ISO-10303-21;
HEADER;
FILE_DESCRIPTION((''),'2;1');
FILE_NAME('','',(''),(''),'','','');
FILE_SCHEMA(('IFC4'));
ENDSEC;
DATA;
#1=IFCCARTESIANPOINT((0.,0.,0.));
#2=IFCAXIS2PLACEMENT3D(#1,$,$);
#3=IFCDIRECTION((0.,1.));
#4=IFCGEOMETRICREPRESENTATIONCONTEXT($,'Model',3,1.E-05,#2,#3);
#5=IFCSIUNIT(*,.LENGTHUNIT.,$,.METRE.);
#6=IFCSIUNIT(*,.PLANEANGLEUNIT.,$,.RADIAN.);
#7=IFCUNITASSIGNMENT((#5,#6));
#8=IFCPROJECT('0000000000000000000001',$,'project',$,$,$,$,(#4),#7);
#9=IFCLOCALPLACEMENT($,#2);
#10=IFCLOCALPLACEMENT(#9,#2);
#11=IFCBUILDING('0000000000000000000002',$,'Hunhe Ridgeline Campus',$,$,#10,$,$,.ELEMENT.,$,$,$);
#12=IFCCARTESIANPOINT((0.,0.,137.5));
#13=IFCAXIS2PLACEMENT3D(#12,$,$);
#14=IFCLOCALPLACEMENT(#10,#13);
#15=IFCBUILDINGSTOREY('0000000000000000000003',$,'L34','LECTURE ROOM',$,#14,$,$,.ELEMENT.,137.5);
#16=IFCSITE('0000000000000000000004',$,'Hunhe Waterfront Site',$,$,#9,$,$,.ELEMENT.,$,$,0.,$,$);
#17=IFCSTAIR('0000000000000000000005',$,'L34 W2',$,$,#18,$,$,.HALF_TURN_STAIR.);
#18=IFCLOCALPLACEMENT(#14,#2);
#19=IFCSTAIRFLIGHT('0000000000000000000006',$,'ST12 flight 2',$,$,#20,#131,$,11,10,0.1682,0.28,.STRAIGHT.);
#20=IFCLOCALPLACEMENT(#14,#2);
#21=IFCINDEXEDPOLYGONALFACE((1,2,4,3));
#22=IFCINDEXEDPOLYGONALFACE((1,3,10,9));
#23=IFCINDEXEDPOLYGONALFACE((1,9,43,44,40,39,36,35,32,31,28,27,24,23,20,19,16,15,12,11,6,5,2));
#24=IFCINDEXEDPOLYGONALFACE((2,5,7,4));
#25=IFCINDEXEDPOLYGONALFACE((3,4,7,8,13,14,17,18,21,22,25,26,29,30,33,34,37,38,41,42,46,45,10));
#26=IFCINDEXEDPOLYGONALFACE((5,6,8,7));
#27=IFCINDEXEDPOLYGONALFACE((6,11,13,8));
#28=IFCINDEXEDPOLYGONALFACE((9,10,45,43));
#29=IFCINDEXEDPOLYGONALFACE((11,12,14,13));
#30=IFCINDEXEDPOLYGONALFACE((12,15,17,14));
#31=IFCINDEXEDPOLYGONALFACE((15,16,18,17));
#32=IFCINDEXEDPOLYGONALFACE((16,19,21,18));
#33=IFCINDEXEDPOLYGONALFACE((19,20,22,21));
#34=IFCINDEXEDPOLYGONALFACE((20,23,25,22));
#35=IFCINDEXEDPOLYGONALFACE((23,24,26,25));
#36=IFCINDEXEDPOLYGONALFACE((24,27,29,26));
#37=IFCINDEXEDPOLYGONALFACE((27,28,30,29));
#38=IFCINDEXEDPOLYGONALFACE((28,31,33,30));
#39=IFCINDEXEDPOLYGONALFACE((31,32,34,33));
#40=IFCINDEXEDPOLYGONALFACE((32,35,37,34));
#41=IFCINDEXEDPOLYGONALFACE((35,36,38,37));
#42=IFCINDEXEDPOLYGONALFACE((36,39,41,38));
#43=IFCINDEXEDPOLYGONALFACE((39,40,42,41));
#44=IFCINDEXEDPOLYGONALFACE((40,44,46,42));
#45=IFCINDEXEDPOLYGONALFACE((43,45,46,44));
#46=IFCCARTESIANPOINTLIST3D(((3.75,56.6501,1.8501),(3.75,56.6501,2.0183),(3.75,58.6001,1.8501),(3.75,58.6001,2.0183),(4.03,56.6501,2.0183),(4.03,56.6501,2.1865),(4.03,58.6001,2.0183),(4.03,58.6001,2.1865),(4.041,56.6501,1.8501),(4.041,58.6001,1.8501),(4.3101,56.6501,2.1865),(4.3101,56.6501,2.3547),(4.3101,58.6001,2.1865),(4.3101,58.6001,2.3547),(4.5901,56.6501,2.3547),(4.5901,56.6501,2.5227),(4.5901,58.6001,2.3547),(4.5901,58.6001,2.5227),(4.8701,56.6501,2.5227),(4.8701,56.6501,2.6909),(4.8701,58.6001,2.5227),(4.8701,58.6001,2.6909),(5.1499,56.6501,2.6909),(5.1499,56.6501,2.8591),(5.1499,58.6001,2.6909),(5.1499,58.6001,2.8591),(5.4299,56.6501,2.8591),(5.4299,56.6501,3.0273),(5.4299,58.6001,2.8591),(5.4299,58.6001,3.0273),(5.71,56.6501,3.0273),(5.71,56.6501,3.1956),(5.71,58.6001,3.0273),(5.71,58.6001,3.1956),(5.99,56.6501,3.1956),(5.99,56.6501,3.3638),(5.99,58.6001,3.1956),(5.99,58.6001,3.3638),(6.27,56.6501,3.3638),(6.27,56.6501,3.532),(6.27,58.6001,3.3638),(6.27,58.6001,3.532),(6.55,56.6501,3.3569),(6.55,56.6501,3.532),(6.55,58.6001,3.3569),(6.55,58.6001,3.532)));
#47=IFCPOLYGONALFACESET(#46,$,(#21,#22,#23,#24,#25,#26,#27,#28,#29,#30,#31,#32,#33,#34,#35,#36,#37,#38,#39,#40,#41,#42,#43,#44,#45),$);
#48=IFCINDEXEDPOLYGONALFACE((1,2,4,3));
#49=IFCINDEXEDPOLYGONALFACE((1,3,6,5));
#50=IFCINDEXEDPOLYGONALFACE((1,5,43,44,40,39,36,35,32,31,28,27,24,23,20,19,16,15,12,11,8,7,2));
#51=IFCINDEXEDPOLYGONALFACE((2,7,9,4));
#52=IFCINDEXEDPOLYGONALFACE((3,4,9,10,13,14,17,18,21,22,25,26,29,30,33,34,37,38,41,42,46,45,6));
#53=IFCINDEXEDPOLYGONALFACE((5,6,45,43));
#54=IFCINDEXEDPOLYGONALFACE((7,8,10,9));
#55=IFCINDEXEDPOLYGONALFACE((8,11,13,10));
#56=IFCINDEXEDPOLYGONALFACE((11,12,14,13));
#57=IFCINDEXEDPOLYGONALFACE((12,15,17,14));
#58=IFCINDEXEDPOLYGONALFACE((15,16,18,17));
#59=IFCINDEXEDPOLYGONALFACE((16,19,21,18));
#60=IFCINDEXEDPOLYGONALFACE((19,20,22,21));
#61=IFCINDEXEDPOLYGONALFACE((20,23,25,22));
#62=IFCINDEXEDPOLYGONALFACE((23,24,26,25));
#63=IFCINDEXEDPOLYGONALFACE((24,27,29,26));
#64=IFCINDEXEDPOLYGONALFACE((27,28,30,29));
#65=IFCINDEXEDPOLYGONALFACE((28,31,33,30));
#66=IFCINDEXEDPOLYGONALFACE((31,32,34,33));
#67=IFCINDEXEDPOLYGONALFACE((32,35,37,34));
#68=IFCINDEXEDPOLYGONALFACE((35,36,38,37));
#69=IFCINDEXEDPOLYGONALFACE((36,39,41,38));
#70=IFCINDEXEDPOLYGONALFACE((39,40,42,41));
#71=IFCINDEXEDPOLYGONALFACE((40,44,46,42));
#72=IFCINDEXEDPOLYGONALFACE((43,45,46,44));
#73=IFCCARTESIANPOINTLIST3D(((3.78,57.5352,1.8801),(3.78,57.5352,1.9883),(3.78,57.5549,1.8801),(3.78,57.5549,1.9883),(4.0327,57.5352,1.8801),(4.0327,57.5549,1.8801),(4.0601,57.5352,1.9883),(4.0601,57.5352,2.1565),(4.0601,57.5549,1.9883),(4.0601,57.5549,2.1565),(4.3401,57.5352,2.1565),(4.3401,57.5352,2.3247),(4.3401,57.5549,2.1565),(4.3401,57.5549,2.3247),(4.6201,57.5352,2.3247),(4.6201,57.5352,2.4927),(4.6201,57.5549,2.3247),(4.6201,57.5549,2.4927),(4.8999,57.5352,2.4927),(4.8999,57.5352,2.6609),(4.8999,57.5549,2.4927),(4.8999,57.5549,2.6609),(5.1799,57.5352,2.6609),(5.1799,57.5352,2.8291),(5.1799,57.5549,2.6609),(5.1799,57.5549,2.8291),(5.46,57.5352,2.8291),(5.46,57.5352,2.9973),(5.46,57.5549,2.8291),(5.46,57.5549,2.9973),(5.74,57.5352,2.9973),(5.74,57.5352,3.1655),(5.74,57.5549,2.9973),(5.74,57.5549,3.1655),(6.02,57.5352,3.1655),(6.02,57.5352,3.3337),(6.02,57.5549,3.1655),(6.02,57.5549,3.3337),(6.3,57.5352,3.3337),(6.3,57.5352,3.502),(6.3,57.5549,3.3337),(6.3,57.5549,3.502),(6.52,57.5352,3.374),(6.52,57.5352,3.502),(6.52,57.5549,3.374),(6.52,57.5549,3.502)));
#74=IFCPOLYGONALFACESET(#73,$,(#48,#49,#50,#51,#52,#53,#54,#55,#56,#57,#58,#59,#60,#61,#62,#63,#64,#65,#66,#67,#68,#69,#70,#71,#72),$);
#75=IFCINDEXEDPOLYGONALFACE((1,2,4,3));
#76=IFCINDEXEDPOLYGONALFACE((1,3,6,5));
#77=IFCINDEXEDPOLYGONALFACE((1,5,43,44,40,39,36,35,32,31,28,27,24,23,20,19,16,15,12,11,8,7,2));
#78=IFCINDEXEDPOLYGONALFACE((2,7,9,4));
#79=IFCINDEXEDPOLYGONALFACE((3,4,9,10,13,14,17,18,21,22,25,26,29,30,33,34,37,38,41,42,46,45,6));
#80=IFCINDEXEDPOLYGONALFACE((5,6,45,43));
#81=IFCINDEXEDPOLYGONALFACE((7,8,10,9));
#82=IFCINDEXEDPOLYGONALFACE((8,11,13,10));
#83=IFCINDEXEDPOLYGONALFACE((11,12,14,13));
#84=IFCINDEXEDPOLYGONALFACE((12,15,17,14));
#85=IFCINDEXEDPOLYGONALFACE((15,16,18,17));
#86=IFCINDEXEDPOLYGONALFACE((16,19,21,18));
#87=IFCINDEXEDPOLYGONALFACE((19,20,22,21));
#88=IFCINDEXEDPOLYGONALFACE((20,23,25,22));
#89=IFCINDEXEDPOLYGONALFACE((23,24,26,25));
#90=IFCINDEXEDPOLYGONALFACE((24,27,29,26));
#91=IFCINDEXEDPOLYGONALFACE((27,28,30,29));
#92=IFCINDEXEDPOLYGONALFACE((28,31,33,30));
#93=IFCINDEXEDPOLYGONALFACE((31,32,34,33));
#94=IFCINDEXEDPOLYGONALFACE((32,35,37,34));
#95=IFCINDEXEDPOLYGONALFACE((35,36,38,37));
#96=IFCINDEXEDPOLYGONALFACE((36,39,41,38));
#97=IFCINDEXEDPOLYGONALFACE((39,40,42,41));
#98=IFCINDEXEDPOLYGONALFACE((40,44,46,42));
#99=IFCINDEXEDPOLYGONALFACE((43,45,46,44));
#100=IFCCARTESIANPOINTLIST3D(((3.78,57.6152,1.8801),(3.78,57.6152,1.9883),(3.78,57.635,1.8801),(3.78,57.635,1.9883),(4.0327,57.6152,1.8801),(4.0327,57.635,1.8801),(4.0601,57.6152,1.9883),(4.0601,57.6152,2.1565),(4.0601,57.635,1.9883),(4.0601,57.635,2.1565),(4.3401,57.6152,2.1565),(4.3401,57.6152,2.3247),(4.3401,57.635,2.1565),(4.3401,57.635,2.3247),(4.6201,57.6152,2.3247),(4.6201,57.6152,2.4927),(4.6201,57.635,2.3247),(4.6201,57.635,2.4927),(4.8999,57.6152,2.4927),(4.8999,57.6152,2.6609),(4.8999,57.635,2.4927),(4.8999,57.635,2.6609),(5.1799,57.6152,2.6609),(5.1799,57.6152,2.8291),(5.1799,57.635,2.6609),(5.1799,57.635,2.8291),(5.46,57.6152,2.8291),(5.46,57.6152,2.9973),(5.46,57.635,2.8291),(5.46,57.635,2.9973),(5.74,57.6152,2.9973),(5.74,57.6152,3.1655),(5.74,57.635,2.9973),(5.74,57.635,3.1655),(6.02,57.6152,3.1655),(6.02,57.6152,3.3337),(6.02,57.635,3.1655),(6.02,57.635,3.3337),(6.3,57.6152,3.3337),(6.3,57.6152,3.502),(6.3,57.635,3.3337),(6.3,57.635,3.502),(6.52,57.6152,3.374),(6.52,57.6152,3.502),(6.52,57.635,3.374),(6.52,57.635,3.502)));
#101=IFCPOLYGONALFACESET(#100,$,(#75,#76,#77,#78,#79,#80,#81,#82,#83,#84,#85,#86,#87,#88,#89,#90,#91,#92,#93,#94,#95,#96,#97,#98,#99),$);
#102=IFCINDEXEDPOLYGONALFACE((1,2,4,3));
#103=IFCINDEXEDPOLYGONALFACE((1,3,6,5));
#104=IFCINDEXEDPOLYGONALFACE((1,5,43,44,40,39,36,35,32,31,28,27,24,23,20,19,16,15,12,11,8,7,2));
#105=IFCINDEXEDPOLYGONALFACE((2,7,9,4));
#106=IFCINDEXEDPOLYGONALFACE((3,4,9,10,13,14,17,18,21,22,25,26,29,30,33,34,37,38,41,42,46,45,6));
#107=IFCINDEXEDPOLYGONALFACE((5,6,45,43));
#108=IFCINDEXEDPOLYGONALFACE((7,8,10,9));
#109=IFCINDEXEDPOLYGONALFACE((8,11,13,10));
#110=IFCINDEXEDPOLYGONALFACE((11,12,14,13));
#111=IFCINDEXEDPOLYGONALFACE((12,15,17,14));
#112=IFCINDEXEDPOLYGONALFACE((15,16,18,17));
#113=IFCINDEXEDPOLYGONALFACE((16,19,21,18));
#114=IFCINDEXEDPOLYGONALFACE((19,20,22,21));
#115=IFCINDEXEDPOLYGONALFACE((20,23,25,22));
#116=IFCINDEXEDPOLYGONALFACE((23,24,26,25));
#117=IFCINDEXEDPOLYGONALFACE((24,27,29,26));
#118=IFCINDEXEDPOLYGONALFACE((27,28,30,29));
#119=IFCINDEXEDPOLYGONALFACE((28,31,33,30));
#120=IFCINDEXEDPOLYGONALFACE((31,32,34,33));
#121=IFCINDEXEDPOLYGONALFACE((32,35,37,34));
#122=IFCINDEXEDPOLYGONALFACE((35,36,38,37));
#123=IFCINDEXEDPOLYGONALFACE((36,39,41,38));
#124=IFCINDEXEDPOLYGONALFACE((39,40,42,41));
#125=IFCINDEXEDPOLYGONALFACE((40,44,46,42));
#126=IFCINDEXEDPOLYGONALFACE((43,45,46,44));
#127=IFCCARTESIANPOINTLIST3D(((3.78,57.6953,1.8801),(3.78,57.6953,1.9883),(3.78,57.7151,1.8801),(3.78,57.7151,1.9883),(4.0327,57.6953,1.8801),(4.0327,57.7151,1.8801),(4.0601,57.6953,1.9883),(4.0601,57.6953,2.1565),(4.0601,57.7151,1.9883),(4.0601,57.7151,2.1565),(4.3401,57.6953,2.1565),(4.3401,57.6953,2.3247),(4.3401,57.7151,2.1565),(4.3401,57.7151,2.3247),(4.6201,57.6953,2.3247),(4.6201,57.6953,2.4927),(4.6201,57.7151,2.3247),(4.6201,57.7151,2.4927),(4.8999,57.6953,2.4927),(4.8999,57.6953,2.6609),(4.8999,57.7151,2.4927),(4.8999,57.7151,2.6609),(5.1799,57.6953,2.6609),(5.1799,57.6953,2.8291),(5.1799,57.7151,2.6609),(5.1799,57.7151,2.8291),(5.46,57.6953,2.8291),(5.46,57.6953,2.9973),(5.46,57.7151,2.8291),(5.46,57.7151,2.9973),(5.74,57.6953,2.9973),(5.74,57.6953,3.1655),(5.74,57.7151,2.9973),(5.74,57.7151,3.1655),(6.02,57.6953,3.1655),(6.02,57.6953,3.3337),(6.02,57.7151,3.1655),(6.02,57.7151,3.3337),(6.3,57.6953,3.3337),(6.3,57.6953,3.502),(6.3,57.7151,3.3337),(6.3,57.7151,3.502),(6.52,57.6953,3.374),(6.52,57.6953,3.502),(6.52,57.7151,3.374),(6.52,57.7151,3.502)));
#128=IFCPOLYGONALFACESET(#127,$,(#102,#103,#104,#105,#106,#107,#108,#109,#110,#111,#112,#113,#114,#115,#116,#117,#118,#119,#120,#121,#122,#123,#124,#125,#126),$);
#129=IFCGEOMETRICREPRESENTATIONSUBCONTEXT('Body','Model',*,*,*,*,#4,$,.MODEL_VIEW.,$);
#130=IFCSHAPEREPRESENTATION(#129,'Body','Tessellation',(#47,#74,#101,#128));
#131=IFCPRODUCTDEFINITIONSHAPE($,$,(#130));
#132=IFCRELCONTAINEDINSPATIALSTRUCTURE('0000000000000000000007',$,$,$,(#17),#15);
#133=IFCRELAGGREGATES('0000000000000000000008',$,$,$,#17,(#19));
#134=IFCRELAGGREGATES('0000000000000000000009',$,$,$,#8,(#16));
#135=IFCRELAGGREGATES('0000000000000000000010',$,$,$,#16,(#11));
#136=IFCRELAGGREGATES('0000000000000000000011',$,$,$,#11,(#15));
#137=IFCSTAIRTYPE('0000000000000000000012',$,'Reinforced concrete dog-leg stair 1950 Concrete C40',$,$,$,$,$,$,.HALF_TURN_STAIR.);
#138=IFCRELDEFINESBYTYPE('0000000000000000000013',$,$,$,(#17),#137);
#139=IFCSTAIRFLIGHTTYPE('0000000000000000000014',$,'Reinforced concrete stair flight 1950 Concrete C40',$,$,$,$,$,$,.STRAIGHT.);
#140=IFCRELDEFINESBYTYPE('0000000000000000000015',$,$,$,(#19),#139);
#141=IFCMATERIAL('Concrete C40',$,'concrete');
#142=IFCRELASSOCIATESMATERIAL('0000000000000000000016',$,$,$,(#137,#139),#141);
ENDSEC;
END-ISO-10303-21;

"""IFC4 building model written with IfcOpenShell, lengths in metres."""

from ifc_helpers import new_model, si_unit, direction, frame, origin, place, context, subcontext, project, spatial, polyline, outline, extrude, material, type_object, element, aggregate, save


model = new_model("IFC4")

# Units and contexts
model_context = context("Model", 3, precision=1e-05, world=origin(), true_north=direction((0.0, 1.0)))
body_context = subcontext(model_context, "Body", "Model", "MODEL_VIEW")
ifc_project = project(units=[si_unit("LENGTHUNIT", "METRE"), si_unit("PLANEANGLEUNIT", "RADIAN")], contexts=[model_context])

# Site, building, storey
site_placement = place(None, origin())
site = spatial("IfcSite", under=ifc_project, at=site_placement, Name="Hunhe Waterfront Site", CompositionType="ELEMENT", RefElevation=0.0)
building_placement = place(site_placement, origin())
building = spatial("IfcBuilding", under=site, at=building_placement, Name="Hunhe Ridgeline Campus", CompositionType="ELEMENT")
storey_placement = place(building_placement, frame((0.0, 0.0, 137.5)))
storey = spatial("IfcBuildingStorey", under=building, at=storey_placement, Name="L34", Description="LECTURE ROOM", CompositionType="ELEMENT", Elevation=137.5)

# Stair, stair flight
ifc_material_1 = material(Name="Concrete C40", Category="concrete")
stair_type = type_object("IfcStairType", Name="Reinforced concrete dog-leg stair 1950 Concrete C40", PredefinedType="HALF_TURN_STAIR", material=ifc_material_1)
stair_flight_type = type_object("IfcStairFlightType", Name="Reinforced concrete stair flight 1950 Concrete C40", PredefinedType="STRAIGHT", material=ifc_material_1)
stair_1_placement = place(storey_placement, origin())
stair_1 = element("IfcStair", 1, at=stair_1_placement, inside=storey, type_object=stair_type, Name="L34 W2", PredefinedType="HALF_TURN_STAIR")
stair_flight_1_placement = place(storey_placement, frame((3.75, 57.625, 1.8501), z_axis=(0.0, 0.0, 1.0), x_axis=(1.0, 0.0, 0.0)))
stair_flight_1 = element("IfcStairFlight", 2, at=stair_flight_1_placement, type_object=stair_flight_type, Name="ST12 flight 2", NumberOfRisers=11, NumberOfTreads=10, PredefinedType="STRAIGHT", RiserHeight=0.1682, TreadLength=0.28, context=body_context, shape_type="SweptSolid", body=[
    extrude(outline(polyline([(0.0, 0.0), (0.0, 0.1682), (0.28, 0.1682), (0.28, 0.3364), (0.5601, 0.3364), (0.5601, 0.5046), (0.8401, 0.5046), (0.8401, 0.6726), (1.1201, 0.6726), (1.1201, 0.8408), (1.3999, 0.8408), (1.3999, 1.009), (1.6799, 1.009), (1.6799, 1.1772), (1.96, 1.1772), (1.96, 1.3455), (2.24, 1.3455), (2.24, 1.5137), (2.52, 1.5137), (2.52, 1.6819), (2.8, 1.6819), (2.8, 1.8501), (2.8, 1.5068), (0.291, 0.0), (0.0, 0.0)])), frame((0.0, 0.9751, 0.0), z_axis=(0.0, -1.0, 0.0), x_axis=(1.0, 0.0, 0.0)), (0.0, 0.0, 1.0), 1.95),
    extrude(outline(polyline([(0.03, 0.03), (0.03, 0.1382), (0.3101, 0.1382), (0.3101, 0.3064), (0.5901, 0.3064), (0.5901, 0.4746), (0.8701, 0.4746), (0.8701, 0.6426), (1.1499, 0.6426), (1.1499, 0.8108), (1.4299, 0.8108), (1.4299, 0.979), (1.71, 0.979), (1.71, 1.1472), (1.99, 1.1472), (1.99, 1.3154), (2.27, 1.3154), (2.27, 1.4836), (2.55, 1.4836), (2.55, 1.6519), (2.77, 1.6519), (2.77, 1.5239), (0.2827, 0.03), (0.03, 0.03)])), frame((0.0, -0.0701, 0.0), z_axis=(0.0, -1.0, 0.0), x_axis=(1.0, 0.0, 0.0)), (0.0, 0.0, 1.0), 0.0198),
    extrude(outline(polyline([(0.03, 0.03), (0.03, 0.1382), (0.3101, 0.1382), (0.3101, 0.3064), (0.5901, 0.3064), (0.5901, 0.4746), (0.8701, 0.4746), (0.8701, 0.6426), (1.1499, 0.6426), (1.1499, 0.8108), (1.4299, 0.8108), (1.4299, 0.979), (1.71, 0.979), (1.71, 1.1472), (1.99, 1.1472), (1.99, 1.3154), (2.27, 1.3154), (2.27, 1.4836), (2.55, 1.4836), (2.55, 1.6519), (2.77, 1.6519), (2.77, 1.5239), (0.2827, 0.03), (0.03, 0.03)])), frame((0.0, 0.01, 0.0), z_axis=(0.0, -1.0, 0.0), x_axis=(1.0, 0.0, 0.0)), (0.0, 0.0, 1.0), 0.0198),
    extrude(outline(polyline([(0.03, 0.03), (0.03, 0.1382), (0.3101, 0.1382), (0.3101, 0.3064), (0.5901, 0.3064), (0.5901, 0.4746), (0.8701, 0.4746), (0.8701, 0.6426), (1.1499, 0.6426), (1.1499, 0.8108), (1.4299, 0.8108), (1.4299, 0.979), (1.71, 0.979), (1.71, 1.1472), (1.99, 1.1472), (1.99, 1.3154), (2.27, 1.3154), (2.27, 1.4836), (2.55, 1.4836), (2.55, 1.6519), (2.77, 1.6519), (2.77, 1.5239), (0.2827, 0.03), (0.03, 0.03)])), frame((0.0, 0.0901, 0.0), z_axis=(0.0, -1.0, 0.0), x_axis=(1.0, 0.0, 0.0)), (0.0, 0.0, 1.0), 0.0198),
])
aggregate(stair_1, [stair_flight_1])

save(model, "model.ifc")
